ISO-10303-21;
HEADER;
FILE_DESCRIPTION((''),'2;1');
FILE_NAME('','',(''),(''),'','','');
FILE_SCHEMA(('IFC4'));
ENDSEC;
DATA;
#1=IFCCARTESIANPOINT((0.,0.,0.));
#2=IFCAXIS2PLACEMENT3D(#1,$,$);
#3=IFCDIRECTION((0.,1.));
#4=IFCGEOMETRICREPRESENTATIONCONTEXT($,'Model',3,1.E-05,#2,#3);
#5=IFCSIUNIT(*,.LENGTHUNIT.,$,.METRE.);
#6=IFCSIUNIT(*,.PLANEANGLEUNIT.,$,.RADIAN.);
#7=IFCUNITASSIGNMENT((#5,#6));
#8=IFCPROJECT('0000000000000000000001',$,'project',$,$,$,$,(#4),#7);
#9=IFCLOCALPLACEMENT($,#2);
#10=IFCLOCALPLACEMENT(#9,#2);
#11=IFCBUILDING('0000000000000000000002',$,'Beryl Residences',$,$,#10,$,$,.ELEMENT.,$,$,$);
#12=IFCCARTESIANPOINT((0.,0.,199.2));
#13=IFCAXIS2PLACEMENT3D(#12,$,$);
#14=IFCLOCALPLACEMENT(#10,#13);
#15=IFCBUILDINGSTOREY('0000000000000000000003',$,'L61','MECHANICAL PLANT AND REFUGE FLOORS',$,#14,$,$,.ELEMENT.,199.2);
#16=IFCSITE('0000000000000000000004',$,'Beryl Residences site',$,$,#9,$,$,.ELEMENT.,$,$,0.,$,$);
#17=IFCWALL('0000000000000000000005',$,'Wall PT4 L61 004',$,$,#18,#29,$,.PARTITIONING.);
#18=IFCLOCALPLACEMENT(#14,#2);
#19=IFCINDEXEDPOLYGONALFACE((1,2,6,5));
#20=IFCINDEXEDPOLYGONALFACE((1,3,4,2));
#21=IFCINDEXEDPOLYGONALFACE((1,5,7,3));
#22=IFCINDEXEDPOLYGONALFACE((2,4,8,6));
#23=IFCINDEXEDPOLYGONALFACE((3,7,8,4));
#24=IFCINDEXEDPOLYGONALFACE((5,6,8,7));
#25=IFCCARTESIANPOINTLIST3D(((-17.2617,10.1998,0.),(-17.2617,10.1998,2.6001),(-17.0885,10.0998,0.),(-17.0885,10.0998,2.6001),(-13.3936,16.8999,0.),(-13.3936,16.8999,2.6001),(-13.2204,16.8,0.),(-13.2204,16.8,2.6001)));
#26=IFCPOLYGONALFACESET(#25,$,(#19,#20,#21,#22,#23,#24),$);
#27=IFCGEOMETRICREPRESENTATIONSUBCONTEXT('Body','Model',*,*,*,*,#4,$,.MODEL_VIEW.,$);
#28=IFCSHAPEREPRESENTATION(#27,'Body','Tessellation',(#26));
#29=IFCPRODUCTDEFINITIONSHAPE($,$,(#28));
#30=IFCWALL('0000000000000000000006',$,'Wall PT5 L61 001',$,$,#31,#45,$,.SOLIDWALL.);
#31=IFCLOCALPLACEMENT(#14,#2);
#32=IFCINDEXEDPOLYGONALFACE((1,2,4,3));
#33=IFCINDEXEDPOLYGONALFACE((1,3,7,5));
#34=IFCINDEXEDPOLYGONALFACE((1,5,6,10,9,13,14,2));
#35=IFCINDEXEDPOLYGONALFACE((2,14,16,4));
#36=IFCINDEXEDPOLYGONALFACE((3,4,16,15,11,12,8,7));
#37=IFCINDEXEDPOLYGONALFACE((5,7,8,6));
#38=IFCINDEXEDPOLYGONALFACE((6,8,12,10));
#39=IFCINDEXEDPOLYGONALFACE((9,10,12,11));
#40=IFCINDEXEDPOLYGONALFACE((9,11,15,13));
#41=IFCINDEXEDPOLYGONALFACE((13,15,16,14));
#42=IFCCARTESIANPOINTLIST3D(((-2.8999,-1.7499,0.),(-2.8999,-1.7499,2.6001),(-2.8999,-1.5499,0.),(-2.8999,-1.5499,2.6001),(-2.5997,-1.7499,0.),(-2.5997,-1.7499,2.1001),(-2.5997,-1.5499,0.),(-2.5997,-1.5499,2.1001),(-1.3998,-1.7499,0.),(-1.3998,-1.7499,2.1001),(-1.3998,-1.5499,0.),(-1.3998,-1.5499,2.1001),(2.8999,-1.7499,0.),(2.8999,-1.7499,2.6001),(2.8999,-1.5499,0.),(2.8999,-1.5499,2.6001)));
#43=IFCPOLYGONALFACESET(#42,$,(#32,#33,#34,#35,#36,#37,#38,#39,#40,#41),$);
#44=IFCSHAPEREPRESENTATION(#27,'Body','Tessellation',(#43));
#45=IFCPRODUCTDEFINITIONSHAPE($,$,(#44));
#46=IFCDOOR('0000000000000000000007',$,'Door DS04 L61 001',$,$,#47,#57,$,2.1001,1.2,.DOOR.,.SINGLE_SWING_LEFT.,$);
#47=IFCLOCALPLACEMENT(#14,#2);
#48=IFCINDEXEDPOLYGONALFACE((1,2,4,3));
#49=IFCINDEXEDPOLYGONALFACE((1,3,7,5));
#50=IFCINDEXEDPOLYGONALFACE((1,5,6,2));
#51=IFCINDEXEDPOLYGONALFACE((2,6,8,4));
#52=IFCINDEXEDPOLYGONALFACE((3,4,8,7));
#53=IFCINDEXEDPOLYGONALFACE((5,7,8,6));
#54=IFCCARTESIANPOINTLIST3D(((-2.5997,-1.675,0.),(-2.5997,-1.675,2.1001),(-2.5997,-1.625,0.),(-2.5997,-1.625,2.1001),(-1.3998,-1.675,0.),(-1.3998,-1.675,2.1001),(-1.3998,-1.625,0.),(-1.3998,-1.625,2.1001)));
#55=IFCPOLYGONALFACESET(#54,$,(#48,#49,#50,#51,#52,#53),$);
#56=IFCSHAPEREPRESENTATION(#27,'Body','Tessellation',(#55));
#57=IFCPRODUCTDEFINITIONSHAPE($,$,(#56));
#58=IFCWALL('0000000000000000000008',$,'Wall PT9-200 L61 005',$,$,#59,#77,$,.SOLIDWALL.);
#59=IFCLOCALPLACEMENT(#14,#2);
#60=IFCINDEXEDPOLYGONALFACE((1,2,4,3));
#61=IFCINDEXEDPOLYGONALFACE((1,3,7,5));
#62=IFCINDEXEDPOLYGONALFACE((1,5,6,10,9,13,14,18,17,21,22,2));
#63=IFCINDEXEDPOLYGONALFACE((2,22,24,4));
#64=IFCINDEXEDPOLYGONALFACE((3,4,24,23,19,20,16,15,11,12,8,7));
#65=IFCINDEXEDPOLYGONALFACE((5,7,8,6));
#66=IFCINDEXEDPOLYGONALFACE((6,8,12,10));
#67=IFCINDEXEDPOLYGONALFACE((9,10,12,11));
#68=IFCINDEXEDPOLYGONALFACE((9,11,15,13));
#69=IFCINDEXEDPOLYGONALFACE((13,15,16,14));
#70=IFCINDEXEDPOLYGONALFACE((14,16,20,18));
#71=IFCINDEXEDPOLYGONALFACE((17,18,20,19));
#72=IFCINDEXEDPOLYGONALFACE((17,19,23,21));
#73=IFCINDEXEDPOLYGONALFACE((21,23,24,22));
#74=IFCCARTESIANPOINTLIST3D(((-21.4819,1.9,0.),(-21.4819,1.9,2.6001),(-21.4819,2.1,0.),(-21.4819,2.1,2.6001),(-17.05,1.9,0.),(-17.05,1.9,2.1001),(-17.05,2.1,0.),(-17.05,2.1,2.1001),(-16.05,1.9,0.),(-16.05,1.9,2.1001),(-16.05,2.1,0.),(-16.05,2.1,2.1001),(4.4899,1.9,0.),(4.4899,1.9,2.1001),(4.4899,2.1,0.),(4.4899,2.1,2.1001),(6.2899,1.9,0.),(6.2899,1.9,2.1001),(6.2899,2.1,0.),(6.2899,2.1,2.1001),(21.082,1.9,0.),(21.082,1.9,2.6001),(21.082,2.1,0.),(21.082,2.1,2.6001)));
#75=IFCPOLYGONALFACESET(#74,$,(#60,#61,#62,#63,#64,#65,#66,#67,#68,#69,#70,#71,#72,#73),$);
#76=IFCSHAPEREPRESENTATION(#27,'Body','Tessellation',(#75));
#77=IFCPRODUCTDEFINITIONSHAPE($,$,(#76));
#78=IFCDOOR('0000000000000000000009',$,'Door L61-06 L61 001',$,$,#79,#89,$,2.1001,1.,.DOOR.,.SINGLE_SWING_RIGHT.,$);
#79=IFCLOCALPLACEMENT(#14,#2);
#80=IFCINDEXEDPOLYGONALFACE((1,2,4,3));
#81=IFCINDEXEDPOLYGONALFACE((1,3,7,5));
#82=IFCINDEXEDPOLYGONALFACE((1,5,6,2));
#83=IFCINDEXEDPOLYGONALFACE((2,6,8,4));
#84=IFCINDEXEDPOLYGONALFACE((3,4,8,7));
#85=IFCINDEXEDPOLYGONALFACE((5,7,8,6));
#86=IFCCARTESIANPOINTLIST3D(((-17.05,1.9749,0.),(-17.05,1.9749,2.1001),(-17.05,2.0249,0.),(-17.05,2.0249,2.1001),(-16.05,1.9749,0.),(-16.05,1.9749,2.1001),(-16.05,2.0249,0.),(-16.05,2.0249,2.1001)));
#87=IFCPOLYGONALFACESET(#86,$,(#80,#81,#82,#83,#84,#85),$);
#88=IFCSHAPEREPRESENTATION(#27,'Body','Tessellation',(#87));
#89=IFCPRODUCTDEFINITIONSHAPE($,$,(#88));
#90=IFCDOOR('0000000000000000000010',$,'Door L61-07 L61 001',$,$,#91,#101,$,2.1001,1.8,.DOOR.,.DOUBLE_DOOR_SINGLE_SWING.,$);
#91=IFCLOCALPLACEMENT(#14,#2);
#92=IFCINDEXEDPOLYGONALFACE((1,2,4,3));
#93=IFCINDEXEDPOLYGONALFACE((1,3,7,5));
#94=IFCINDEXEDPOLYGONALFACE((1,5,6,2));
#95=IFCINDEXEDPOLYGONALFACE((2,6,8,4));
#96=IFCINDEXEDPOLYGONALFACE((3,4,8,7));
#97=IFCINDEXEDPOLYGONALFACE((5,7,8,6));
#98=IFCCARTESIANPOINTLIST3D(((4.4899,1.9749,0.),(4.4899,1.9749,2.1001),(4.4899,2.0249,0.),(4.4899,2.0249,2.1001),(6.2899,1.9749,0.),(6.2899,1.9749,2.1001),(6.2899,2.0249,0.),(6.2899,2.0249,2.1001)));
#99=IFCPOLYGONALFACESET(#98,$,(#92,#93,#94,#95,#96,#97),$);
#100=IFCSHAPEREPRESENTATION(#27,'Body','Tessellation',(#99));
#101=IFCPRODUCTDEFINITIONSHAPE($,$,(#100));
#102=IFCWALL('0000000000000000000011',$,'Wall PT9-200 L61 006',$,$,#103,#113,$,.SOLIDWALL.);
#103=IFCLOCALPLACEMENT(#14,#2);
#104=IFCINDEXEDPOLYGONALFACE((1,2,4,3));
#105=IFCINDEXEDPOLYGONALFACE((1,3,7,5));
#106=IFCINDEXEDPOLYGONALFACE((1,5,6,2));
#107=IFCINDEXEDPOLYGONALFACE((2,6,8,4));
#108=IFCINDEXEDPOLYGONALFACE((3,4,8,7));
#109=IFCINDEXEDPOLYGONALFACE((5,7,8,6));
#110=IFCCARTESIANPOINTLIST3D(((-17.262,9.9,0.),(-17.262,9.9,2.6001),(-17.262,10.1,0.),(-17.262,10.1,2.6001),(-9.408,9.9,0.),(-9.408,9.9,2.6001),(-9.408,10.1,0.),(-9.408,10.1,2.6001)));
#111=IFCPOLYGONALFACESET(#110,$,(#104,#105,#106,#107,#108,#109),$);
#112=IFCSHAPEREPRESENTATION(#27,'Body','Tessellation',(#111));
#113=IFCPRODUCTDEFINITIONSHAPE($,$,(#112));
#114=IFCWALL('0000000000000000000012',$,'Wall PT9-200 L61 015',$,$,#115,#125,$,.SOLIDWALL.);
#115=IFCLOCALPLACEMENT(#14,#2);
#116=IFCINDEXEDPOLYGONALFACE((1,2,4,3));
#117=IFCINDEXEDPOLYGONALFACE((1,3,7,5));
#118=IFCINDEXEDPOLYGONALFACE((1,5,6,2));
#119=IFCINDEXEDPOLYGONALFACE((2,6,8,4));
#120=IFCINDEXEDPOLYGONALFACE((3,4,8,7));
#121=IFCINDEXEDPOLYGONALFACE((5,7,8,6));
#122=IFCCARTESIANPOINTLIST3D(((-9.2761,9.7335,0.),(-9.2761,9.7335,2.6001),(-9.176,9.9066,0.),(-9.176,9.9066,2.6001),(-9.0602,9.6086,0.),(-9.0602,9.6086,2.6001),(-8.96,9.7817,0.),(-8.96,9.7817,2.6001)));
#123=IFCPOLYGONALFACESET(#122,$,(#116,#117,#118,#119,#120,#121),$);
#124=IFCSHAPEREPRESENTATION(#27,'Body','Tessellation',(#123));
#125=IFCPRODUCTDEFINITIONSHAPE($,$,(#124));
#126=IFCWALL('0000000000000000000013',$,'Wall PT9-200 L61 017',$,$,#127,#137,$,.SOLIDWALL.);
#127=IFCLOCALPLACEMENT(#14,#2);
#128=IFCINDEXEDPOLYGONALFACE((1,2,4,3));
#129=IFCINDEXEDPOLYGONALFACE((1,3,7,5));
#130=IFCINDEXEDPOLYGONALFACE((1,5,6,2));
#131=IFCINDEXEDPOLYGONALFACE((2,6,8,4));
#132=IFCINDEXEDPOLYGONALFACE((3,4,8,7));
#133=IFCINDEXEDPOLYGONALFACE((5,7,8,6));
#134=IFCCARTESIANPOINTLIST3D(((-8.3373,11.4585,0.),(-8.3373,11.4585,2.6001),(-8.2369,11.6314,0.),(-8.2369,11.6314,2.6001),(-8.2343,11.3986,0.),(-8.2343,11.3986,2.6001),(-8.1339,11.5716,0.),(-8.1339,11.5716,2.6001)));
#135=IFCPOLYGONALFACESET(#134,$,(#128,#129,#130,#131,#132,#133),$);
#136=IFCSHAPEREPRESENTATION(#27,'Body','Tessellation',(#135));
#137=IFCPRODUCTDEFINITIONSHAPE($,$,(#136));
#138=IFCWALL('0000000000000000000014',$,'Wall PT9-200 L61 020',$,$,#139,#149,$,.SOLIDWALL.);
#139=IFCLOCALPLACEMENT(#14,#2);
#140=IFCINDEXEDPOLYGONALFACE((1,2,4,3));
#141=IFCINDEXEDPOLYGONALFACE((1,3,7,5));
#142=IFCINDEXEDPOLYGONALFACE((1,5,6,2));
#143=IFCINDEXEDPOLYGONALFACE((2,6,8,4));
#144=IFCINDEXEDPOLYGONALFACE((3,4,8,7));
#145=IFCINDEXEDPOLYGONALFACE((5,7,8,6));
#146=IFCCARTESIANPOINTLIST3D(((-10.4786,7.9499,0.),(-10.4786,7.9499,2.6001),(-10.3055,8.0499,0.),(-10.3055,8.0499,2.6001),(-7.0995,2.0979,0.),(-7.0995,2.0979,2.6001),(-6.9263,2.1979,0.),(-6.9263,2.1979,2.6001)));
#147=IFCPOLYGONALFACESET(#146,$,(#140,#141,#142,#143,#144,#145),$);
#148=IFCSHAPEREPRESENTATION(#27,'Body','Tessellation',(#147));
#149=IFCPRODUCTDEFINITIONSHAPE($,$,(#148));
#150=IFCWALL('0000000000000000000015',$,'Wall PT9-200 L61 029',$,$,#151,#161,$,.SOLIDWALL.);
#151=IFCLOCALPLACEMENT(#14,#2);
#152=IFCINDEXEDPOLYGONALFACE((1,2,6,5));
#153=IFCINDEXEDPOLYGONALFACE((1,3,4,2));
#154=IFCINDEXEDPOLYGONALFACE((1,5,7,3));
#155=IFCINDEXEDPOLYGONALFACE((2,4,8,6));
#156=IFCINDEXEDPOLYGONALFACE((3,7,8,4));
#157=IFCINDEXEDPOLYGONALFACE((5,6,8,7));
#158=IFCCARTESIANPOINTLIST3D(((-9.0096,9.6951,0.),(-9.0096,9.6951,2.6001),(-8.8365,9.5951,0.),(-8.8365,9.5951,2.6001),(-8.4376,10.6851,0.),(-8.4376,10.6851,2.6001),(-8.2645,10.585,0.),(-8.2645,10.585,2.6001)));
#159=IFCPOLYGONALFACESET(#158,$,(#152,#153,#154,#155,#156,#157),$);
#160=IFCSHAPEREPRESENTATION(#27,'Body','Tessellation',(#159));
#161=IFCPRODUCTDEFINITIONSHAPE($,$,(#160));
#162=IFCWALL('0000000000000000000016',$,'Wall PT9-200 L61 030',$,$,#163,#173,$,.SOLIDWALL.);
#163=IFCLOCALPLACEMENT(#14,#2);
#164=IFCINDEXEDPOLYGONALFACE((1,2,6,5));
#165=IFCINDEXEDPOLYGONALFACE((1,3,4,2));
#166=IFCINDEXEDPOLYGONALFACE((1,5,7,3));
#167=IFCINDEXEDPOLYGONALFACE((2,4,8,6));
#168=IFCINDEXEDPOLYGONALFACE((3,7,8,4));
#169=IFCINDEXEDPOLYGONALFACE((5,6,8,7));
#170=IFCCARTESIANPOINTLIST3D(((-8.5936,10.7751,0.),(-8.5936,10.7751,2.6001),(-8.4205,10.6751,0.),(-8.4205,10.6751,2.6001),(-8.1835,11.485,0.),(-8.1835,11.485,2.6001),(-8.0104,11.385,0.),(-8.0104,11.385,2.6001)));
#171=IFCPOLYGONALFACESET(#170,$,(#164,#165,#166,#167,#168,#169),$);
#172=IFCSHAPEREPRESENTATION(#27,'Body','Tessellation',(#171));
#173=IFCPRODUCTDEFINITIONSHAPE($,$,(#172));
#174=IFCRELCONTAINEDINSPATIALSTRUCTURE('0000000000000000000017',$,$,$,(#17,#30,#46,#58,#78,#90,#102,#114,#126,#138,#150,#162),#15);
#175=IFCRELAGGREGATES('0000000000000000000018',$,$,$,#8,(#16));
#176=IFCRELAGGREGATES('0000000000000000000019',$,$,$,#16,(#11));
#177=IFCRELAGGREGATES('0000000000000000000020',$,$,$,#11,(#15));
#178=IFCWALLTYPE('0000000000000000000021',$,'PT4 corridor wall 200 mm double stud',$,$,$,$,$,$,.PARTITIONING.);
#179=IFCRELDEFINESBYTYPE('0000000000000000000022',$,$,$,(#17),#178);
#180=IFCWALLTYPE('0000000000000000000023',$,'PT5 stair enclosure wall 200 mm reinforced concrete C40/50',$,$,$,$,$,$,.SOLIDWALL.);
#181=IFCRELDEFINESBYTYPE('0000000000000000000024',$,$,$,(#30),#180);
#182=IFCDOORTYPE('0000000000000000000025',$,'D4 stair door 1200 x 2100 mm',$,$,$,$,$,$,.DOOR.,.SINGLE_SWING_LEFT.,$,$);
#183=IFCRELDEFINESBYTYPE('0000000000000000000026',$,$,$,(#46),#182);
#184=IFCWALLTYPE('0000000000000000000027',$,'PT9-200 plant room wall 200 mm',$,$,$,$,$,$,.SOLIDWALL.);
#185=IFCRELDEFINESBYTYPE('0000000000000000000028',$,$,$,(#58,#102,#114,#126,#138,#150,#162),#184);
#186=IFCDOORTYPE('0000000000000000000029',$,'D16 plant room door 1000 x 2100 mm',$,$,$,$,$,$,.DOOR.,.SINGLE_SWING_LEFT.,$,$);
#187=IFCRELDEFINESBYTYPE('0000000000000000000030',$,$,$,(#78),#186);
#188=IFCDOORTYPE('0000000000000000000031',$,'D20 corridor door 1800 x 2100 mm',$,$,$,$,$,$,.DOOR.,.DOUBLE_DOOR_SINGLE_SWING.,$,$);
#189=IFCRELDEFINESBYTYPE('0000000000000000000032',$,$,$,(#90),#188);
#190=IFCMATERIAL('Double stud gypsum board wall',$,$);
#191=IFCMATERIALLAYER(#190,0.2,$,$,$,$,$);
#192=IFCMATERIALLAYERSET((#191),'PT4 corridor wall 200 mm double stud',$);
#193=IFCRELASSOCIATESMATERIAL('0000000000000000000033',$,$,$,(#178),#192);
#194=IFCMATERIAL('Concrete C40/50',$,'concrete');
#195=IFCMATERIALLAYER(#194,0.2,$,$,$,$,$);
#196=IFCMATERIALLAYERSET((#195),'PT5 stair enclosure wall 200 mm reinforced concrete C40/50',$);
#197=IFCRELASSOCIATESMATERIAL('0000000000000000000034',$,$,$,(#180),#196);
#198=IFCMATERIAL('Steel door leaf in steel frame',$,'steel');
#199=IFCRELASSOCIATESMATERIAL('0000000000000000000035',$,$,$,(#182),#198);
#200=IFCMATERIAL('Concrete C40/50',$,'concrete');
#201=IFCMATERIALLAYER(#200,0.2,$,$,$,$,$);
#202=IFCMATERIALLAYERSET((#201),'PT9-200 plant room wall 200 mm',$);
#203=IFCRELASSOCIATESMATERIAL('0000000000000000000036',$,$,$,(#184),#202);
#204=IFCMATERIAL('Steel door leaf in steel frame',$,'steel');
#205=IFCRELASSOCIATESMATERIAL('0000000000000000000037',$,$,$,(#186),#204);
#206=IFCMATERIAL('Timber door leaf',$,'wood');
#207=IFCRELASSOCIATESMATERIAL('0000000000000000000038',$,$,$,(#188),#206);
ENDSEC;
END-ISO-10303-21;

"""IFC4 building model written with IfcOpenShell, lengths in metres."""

from ifc_helpers import new_model, si_unit, direction, frame, frame_2d, origin, place, context, subcontext, project, spatial, rectangle, extrude, material, layer, layer_set, type_object, element, fill, save


model = new_model("IFC4")

# Units and contexts
model_context = context("Model", 3, precision=1e-05, world=origin(), true_north=direction((0.0, 1.0)))
body_context = subcontext(model_context, "Body", "Model", "MODEL_VIEW")
ifc_project = project(units=[si_unit("LENGTHUNIT", "METRE"), si_unit("PLANEANGLEUNIT", "RADIAN")], contexts=[model_context])

# Site, building, storey
site_placement = place(None, origin())
site = spatial("IfcSite", under=ifc_project, at=site_placement, Name="Beryl Residences site", CompositionType="ELEMENT", RefElevation=0.0)
building_placement = place(site_placement, origin())
building = spatial("IfcBuilding", under=site, at=building_placement, Name="Beryl Residences", CompositionType="ELEMENT")
storey_placement = place(building_placement, frame((0.0, 0.0, 199.2)))
storey = spatial("IfcBuildingStorey", under=building, at=storey_placement, Name="L61", Description="MECHANICAL PLANT AND REFUGE FLOORS", CompositionType="ELEMENT", Elevation=199.2)

# Wall
ifc_material_1 = material(Name="Double stud gypsum board wall")
ifc_layer_1 = layer(ifc_material_1, 0.2)
ifc_layer_set_1 = layer_set([ifc_layer_1], Name="PT4 corridor wall 200 mm double stud")
wall_type_1 = type_object("IfcWallType", Name="PT4 corridor wall 200 mm double stud", PredefinedType="PARTITIONING", material=ifc_layer_set_1)
wall_1_placement = place(storey_placement, frame((-17.175, 10.1499, 0.0), z_axis=(0.0, 0.0, 1.0), x_axis=(0.499981, 0.866036, 0.0)))
element("IfcWall", 1, at=wall_1_placement, inside=storey, type_object=wall_type_1, Name="Wall PT4 L61 004", PredefinedType="PARTITIONING", context=body_context, shape_type="SweptSolid", body=[
    extrude(rectangle(XDim=7.7366, YDim=0.2, at=frame_2d((3.8682, 0.0))), origin(), (0.0, 0.0, 1.0), 2.6001),
])

# Wall, opening, door
ifc_material_2 = material(Name="Concrete C40/50", Category="concrete")
ifc_layer_2 = layer(ifc_material_2, 0.2)
ifc_layer_set_2 = layer_set([ifc_layer_2], Name="PT5 stair enclosure wall 200 mm reinforced concrete C40/50")
wall_type_2 = type_object("IfcWallType", Name="PT5 stair enclosure wall 200 mm reinforced concrete C40/50", PredefinedType="SOLIDWALL", material=ifc_layer_set_2)
wall_2_placement = place(storey_placement, frame((-2.8999, -1.6499, 0.0), z_axis=(0.0, 0.0, 1.0), x_axis=(1.0, 0.0, 0.0)))
wall_2 = element("IfcWall", 2, at=wall_2_placement, inside=storey, type_object=wall_type_2, Name="Wall PT5 L61 001", PredefinedType="SOLIDWALL", context=body_context, shape_type="SweptSolid", body=[
    extrude(rectangle(XDim=5.7998, YDim=0.2, at=frame_2d((2.8999, 0.0))), origin(), (0.0, 0.0, 1.0), 2.6001),
])
opening_1_placement = place(wall_2_placement, frame((0.3, 0.0, 0.0)))
opening_1 = element("IfcOpeningElement", 3, at=opening_1_placement, cuts=wall_2, PredefinedType="OPENING", context=body_context, shape_type="SweptSolid", body=[
    extrude(rectangle(XDim=1.2, YDim=2.1001, at=frame_2d((0.6001, 1.05))), frame((0.0, 0.1099, 0.0), z_axis=(0.0, -1.0, 0.0), x_axis=(1.0, 0.0, 0.0)), (0.0, 0.0, 1.0), 0.22),
])
ifc_material_3 = material(Name="Steel door leaf in steel frame", Category="steel")
door_type_1 = type_object("IfcDoorType", Name="D4 stair door 1200 x 2100 mm", OperationType="SINGLE_SWING_LEFT", PredefinedType="DOOR", material=ifc_material_3)
door_1_placement = place(opening_1_placement, origin())
door_1 = element("IfcDoor", 4, at=door_1_placement, inside=storey, type_object=door_type_1, Name="Door DS04 L61 001", OperationType="SINGLE_SWING_LEFT", OverallHeight=2.1001, OverallWidth=1.2, PredefinedType="DOOR", context=body_context, shape_type="SweptSolid", body=[
    extrude(rectangle(XDim=1.2, YDim=2.1001, at=frame_2d((0.6001, 1.05))), frame((0.0, 0.0249, 0.0), z_axis=(0.0, -1.0, 0.0), x_axis=(1.0, 0.0, 0.0)), (0.0, 0.0, 1.0), 0.05),
])
fill(opening_1, door_1)

# Wall, openings, doors
ifc_material_4 = material(Name="Concrete C40/50", Category="concrete")
ifc_layer_3 = layer(ifc_material_4, 0.2)
ifc_layer_set_3 = layer_set([ifc_layer_3], Name="PT9-200 plant room wall 200 mm")
wall_type_3 = type_object("IfcWallType", Name="PT9-200 plant room wall 200 mm", PredefinedType="SOLIDWALL", material=ifc_layer_set_3)
wall_3_placement = place(storey_placement, frame((-21.4819, 2.0, 0.0), z_axis=(0.0, 0.0, 1.0), x_axis=(1.0, 0.0, 0.0)))
wall_3 = element("IfcWall", 5, at=wall_3_placement, inside=storey, type_object=wall_type_3, Name="Wall PT9-200 L61 005", PredefinedType="SOLIDWALL", context=body_context, shape_type="SweptSolid", body=[
    extrude(rectangle(XDim=42.564, YDim=0.2, at=frame_2d((21.282, 0.0))), origin(), (0.0, 0.0, 1.0), 2.6001),
])
opening_2_placement = place(wall_3_placement, frame((4.4319, 0.0, 0.0)))
opening_2 = element("IfcOpeningElement", 6, at=opening_2_placement, cuts=wall_3, PredefinedType="OPENING", context=body_context, shape_type="SweptSolid", body=[
    extrude(rectangle(XDim=1.0, YDim=2.1001, at=frame_2d((0.5, 1.05))), frame((0.0, 0.1099, 0.0), z_axis=(0.0, -1.0, 0.0), x_axis=(1.0, 0.0, 0.0)), (0.0, 0.0, 1.0), 0.22),
])
opening_3_placement = place(wall_3_placement, frame((25.9719, 0.0, 0.0)))
opening_3 = element("IfcOpeningElement", 7, at=opening_3_placement, cuts=wall_3, PredefinedType="OPENING", context=body_context, shape_type="SweptSolid", body=[
    extrude(rectangle(XDim=1.8, YDim=2.1001, at=frame_2d((0.8999, 1.05))), frame((0.0, 0.1099, 0.0), z_axis=(0.0, -1.0, 0.0), x_axis=(1.0, 0.0, 0.0)), (0.0, 0.0, 1.0), 0.22),
])
ifc_material_5 = material(Name="Steel door leaf in steel frame", Category="steel")
door_type_2 = type_object("IfcDoorType", Name="D16 plant room door 1000 x 2100 mm", OperationType="SINGLE_SWING_LEFT", PredefinedType="DOOR", material=ifc_material_5)
door_2_placement = place(opening_2_placement, origin())
door_2 = element("IfcDoor", 8, at=door_2_placement, inside=storey, type_object=door_type_2, Name="Door L61-06 L61 001", OperationType="SINGLE_SWING_RIGHT", OverallHeight=2.1001, OverallWidth=1.0, PredefinedType="DOOR", context=body_context, shape_type="SweptSolid", body=[
    extrude(rectangle(XDim=1.0, YDim=2.1001, at=frame_2d((0.5, 1.05))), frame((0.0, 0.0249, 0.0), z_axis=(0.0, -1.0, 0.0), x_axis=(1.0, 0.0, 0.0)), (0.0, 0.0, 1.0), 0.05),
])
fill(opening_2, door_2)
ifc_material_6 = material(Name="Timber door leaf", Category="wood")
door_type_3 = type_object("IfcDoorType", Name="D20 corridor door 1800 x 2100 mm", OperationType="DOUBLE_DOOR_SINGLE_SWING", PredefinedType="DOOR", material=ifc_material_6)
door_3_placement = place(opening_3_placement, origin())
door_3 = element("IfcDoor", 9, at=door_3_placement, inside=storey, type_object=door_type_3, Name="Door L61-07 L61 001", OperationType="DOUBLE_DOOR_SINGLE_SWING", OverallHeight=2.1001, OverallWidth=1.8, PredefinedType="DOOR", context=body_context, shape_type="SweptSolid", body=[
    extrude(rectangle(XDim=1.8, YDim=2.1001, at=frame_2d((0.8999, 1.05))), frame((0.0, 0.0249, 0.0), z_axis=(0.0, -1.0, 0.0), x_axis=(1.0, 0.0, 0.0)), (0.0, 0.0, 1.0), 0.05),
])
fill(opening_3, door_3)

# Walls
wall_4_placement = place(storey_placement, frame((-17.262, 10.0, 0.0), z_axis=(0.0, 0.0, 1.0), x_axis=(1.0, 0.0, 0.0)))
element("IfcWall", 10, at=wall_4_placement, inside=storey, type_object=wall_type_3, Name="Wall PT9-200 L61 006", PredefinedType="SOLIDWALL", context=body_context, shape_type="SweptSolid", body=[
    extrude(rectangle(XDim=7.854, YDim=0.2, at=frame_2d((3.927, 0.0))), origin(), (0.0, 0.0, 1.0), 2.6001),
])
wall_5_placement = place(storey_placement, frame((-9.2261, 9.8201, 0.0), z_axis=(0.0, 0.0, 1.0), x_axis=(0.865582, -0.500766, 0.0)))
element("IfcWall", 11, at=wall_5_placement, inside=storey, type_object=wall_type_3, Name="Wall PT9-200 L61 015", PredefinedType="SOLIDWALL", context=body_context, shape_type="SweptSolid", body=[
    extrude(rectangle(XDim=0.2495, YDim=0.2, at=frame_2d((0.1248, 0.0))), origin(), (0.0, 0.0, 1.0), 2.6001),
])
wall_6_placement = place(storey_placement, frame((-8.2871, 11.5449, 0.0), z_axis=(0.0, 0.0, 1.0), x_axis=(0.864818, -0.502086, 0.0)))
element("IfcWall", 12, at=wall_6_placement, inside=storey, type_object=wall_type_3, Name="Wall PT9-200 L61 017", PredefinedType="SOLIDWALL", context=body_context, shape_type="SweptSolid", body=[
    extrude(rectangle(XDim=0.1191, YDim=0.2, at=frame_2d((0.0596, 0.0))), origin(), (0.0, 0.0, 1.0), 2.6001),
])
wall_7_placement = place(storey_placement, frame((-10.3921, 8.0, 0.0), z_axis=(0.0, 0.0, 1.0), x_axis=(0.500052, -0.865995, 0.0)))
element("IfcWall", 13, at=wall_7_placement, inside=storey, type_object=wall_type_3, Name="Wall PT9-200 L61 020", PredefinedType="SOLIDWALL", context=body_context, shape_type="SweptSolid", body=[
    extrude(rectangle(XDim=6.7576, YDim=0.2, at=frame_2d((3.3789, 0.0))), origin(), (0.0, 0.0, 1.0), 2.6001),
])
wall_8_placement = place(storey_placement, frame((-8.9231, 9.645, 0.0), z_axis=(0.0, 0.0, 1.0), x_axis=(0.500295, 0.865855, 0.0)))
element("IfcWall", 14, at=wall_8_placement, inside=storey, type_object=wall_type_3, Name="Wall PT9-200 L61 029", PredefinedType="SOLIDWALL", context=body_context, shape_type="SweptSolid", body=[
    extrude(rectangle(XDim=1.1433, YDim=0.2, at=frame_2d((0.5718, 0.0))), origin(), (0.0, 0.0, 1.0), 2.6001),
])
wall_9_placement = place(storey_placement, frame((-8.5071, 10.7251, 0.0), z_axis=(0.0, 0.0, 1.0), x_axis=(0.500238, 0.865888, 0.0)))
element("IfcWall", 15, at=wall_9_placement, inside=storey, type_object=wall_type_3, Name="Wall PT9-200 L61 030", PredefinedType="SOLIDWALL", context=body_context, shape_type="SweptSolid", body=[
    extrude(rectangle(XDim=0.8198, YDim=0.2, at=frame_2d((0.4099, 0.0))), origin(), (0.0, 0.0, 1.0), 2.6001),
])

save(model, "model.ifc")
